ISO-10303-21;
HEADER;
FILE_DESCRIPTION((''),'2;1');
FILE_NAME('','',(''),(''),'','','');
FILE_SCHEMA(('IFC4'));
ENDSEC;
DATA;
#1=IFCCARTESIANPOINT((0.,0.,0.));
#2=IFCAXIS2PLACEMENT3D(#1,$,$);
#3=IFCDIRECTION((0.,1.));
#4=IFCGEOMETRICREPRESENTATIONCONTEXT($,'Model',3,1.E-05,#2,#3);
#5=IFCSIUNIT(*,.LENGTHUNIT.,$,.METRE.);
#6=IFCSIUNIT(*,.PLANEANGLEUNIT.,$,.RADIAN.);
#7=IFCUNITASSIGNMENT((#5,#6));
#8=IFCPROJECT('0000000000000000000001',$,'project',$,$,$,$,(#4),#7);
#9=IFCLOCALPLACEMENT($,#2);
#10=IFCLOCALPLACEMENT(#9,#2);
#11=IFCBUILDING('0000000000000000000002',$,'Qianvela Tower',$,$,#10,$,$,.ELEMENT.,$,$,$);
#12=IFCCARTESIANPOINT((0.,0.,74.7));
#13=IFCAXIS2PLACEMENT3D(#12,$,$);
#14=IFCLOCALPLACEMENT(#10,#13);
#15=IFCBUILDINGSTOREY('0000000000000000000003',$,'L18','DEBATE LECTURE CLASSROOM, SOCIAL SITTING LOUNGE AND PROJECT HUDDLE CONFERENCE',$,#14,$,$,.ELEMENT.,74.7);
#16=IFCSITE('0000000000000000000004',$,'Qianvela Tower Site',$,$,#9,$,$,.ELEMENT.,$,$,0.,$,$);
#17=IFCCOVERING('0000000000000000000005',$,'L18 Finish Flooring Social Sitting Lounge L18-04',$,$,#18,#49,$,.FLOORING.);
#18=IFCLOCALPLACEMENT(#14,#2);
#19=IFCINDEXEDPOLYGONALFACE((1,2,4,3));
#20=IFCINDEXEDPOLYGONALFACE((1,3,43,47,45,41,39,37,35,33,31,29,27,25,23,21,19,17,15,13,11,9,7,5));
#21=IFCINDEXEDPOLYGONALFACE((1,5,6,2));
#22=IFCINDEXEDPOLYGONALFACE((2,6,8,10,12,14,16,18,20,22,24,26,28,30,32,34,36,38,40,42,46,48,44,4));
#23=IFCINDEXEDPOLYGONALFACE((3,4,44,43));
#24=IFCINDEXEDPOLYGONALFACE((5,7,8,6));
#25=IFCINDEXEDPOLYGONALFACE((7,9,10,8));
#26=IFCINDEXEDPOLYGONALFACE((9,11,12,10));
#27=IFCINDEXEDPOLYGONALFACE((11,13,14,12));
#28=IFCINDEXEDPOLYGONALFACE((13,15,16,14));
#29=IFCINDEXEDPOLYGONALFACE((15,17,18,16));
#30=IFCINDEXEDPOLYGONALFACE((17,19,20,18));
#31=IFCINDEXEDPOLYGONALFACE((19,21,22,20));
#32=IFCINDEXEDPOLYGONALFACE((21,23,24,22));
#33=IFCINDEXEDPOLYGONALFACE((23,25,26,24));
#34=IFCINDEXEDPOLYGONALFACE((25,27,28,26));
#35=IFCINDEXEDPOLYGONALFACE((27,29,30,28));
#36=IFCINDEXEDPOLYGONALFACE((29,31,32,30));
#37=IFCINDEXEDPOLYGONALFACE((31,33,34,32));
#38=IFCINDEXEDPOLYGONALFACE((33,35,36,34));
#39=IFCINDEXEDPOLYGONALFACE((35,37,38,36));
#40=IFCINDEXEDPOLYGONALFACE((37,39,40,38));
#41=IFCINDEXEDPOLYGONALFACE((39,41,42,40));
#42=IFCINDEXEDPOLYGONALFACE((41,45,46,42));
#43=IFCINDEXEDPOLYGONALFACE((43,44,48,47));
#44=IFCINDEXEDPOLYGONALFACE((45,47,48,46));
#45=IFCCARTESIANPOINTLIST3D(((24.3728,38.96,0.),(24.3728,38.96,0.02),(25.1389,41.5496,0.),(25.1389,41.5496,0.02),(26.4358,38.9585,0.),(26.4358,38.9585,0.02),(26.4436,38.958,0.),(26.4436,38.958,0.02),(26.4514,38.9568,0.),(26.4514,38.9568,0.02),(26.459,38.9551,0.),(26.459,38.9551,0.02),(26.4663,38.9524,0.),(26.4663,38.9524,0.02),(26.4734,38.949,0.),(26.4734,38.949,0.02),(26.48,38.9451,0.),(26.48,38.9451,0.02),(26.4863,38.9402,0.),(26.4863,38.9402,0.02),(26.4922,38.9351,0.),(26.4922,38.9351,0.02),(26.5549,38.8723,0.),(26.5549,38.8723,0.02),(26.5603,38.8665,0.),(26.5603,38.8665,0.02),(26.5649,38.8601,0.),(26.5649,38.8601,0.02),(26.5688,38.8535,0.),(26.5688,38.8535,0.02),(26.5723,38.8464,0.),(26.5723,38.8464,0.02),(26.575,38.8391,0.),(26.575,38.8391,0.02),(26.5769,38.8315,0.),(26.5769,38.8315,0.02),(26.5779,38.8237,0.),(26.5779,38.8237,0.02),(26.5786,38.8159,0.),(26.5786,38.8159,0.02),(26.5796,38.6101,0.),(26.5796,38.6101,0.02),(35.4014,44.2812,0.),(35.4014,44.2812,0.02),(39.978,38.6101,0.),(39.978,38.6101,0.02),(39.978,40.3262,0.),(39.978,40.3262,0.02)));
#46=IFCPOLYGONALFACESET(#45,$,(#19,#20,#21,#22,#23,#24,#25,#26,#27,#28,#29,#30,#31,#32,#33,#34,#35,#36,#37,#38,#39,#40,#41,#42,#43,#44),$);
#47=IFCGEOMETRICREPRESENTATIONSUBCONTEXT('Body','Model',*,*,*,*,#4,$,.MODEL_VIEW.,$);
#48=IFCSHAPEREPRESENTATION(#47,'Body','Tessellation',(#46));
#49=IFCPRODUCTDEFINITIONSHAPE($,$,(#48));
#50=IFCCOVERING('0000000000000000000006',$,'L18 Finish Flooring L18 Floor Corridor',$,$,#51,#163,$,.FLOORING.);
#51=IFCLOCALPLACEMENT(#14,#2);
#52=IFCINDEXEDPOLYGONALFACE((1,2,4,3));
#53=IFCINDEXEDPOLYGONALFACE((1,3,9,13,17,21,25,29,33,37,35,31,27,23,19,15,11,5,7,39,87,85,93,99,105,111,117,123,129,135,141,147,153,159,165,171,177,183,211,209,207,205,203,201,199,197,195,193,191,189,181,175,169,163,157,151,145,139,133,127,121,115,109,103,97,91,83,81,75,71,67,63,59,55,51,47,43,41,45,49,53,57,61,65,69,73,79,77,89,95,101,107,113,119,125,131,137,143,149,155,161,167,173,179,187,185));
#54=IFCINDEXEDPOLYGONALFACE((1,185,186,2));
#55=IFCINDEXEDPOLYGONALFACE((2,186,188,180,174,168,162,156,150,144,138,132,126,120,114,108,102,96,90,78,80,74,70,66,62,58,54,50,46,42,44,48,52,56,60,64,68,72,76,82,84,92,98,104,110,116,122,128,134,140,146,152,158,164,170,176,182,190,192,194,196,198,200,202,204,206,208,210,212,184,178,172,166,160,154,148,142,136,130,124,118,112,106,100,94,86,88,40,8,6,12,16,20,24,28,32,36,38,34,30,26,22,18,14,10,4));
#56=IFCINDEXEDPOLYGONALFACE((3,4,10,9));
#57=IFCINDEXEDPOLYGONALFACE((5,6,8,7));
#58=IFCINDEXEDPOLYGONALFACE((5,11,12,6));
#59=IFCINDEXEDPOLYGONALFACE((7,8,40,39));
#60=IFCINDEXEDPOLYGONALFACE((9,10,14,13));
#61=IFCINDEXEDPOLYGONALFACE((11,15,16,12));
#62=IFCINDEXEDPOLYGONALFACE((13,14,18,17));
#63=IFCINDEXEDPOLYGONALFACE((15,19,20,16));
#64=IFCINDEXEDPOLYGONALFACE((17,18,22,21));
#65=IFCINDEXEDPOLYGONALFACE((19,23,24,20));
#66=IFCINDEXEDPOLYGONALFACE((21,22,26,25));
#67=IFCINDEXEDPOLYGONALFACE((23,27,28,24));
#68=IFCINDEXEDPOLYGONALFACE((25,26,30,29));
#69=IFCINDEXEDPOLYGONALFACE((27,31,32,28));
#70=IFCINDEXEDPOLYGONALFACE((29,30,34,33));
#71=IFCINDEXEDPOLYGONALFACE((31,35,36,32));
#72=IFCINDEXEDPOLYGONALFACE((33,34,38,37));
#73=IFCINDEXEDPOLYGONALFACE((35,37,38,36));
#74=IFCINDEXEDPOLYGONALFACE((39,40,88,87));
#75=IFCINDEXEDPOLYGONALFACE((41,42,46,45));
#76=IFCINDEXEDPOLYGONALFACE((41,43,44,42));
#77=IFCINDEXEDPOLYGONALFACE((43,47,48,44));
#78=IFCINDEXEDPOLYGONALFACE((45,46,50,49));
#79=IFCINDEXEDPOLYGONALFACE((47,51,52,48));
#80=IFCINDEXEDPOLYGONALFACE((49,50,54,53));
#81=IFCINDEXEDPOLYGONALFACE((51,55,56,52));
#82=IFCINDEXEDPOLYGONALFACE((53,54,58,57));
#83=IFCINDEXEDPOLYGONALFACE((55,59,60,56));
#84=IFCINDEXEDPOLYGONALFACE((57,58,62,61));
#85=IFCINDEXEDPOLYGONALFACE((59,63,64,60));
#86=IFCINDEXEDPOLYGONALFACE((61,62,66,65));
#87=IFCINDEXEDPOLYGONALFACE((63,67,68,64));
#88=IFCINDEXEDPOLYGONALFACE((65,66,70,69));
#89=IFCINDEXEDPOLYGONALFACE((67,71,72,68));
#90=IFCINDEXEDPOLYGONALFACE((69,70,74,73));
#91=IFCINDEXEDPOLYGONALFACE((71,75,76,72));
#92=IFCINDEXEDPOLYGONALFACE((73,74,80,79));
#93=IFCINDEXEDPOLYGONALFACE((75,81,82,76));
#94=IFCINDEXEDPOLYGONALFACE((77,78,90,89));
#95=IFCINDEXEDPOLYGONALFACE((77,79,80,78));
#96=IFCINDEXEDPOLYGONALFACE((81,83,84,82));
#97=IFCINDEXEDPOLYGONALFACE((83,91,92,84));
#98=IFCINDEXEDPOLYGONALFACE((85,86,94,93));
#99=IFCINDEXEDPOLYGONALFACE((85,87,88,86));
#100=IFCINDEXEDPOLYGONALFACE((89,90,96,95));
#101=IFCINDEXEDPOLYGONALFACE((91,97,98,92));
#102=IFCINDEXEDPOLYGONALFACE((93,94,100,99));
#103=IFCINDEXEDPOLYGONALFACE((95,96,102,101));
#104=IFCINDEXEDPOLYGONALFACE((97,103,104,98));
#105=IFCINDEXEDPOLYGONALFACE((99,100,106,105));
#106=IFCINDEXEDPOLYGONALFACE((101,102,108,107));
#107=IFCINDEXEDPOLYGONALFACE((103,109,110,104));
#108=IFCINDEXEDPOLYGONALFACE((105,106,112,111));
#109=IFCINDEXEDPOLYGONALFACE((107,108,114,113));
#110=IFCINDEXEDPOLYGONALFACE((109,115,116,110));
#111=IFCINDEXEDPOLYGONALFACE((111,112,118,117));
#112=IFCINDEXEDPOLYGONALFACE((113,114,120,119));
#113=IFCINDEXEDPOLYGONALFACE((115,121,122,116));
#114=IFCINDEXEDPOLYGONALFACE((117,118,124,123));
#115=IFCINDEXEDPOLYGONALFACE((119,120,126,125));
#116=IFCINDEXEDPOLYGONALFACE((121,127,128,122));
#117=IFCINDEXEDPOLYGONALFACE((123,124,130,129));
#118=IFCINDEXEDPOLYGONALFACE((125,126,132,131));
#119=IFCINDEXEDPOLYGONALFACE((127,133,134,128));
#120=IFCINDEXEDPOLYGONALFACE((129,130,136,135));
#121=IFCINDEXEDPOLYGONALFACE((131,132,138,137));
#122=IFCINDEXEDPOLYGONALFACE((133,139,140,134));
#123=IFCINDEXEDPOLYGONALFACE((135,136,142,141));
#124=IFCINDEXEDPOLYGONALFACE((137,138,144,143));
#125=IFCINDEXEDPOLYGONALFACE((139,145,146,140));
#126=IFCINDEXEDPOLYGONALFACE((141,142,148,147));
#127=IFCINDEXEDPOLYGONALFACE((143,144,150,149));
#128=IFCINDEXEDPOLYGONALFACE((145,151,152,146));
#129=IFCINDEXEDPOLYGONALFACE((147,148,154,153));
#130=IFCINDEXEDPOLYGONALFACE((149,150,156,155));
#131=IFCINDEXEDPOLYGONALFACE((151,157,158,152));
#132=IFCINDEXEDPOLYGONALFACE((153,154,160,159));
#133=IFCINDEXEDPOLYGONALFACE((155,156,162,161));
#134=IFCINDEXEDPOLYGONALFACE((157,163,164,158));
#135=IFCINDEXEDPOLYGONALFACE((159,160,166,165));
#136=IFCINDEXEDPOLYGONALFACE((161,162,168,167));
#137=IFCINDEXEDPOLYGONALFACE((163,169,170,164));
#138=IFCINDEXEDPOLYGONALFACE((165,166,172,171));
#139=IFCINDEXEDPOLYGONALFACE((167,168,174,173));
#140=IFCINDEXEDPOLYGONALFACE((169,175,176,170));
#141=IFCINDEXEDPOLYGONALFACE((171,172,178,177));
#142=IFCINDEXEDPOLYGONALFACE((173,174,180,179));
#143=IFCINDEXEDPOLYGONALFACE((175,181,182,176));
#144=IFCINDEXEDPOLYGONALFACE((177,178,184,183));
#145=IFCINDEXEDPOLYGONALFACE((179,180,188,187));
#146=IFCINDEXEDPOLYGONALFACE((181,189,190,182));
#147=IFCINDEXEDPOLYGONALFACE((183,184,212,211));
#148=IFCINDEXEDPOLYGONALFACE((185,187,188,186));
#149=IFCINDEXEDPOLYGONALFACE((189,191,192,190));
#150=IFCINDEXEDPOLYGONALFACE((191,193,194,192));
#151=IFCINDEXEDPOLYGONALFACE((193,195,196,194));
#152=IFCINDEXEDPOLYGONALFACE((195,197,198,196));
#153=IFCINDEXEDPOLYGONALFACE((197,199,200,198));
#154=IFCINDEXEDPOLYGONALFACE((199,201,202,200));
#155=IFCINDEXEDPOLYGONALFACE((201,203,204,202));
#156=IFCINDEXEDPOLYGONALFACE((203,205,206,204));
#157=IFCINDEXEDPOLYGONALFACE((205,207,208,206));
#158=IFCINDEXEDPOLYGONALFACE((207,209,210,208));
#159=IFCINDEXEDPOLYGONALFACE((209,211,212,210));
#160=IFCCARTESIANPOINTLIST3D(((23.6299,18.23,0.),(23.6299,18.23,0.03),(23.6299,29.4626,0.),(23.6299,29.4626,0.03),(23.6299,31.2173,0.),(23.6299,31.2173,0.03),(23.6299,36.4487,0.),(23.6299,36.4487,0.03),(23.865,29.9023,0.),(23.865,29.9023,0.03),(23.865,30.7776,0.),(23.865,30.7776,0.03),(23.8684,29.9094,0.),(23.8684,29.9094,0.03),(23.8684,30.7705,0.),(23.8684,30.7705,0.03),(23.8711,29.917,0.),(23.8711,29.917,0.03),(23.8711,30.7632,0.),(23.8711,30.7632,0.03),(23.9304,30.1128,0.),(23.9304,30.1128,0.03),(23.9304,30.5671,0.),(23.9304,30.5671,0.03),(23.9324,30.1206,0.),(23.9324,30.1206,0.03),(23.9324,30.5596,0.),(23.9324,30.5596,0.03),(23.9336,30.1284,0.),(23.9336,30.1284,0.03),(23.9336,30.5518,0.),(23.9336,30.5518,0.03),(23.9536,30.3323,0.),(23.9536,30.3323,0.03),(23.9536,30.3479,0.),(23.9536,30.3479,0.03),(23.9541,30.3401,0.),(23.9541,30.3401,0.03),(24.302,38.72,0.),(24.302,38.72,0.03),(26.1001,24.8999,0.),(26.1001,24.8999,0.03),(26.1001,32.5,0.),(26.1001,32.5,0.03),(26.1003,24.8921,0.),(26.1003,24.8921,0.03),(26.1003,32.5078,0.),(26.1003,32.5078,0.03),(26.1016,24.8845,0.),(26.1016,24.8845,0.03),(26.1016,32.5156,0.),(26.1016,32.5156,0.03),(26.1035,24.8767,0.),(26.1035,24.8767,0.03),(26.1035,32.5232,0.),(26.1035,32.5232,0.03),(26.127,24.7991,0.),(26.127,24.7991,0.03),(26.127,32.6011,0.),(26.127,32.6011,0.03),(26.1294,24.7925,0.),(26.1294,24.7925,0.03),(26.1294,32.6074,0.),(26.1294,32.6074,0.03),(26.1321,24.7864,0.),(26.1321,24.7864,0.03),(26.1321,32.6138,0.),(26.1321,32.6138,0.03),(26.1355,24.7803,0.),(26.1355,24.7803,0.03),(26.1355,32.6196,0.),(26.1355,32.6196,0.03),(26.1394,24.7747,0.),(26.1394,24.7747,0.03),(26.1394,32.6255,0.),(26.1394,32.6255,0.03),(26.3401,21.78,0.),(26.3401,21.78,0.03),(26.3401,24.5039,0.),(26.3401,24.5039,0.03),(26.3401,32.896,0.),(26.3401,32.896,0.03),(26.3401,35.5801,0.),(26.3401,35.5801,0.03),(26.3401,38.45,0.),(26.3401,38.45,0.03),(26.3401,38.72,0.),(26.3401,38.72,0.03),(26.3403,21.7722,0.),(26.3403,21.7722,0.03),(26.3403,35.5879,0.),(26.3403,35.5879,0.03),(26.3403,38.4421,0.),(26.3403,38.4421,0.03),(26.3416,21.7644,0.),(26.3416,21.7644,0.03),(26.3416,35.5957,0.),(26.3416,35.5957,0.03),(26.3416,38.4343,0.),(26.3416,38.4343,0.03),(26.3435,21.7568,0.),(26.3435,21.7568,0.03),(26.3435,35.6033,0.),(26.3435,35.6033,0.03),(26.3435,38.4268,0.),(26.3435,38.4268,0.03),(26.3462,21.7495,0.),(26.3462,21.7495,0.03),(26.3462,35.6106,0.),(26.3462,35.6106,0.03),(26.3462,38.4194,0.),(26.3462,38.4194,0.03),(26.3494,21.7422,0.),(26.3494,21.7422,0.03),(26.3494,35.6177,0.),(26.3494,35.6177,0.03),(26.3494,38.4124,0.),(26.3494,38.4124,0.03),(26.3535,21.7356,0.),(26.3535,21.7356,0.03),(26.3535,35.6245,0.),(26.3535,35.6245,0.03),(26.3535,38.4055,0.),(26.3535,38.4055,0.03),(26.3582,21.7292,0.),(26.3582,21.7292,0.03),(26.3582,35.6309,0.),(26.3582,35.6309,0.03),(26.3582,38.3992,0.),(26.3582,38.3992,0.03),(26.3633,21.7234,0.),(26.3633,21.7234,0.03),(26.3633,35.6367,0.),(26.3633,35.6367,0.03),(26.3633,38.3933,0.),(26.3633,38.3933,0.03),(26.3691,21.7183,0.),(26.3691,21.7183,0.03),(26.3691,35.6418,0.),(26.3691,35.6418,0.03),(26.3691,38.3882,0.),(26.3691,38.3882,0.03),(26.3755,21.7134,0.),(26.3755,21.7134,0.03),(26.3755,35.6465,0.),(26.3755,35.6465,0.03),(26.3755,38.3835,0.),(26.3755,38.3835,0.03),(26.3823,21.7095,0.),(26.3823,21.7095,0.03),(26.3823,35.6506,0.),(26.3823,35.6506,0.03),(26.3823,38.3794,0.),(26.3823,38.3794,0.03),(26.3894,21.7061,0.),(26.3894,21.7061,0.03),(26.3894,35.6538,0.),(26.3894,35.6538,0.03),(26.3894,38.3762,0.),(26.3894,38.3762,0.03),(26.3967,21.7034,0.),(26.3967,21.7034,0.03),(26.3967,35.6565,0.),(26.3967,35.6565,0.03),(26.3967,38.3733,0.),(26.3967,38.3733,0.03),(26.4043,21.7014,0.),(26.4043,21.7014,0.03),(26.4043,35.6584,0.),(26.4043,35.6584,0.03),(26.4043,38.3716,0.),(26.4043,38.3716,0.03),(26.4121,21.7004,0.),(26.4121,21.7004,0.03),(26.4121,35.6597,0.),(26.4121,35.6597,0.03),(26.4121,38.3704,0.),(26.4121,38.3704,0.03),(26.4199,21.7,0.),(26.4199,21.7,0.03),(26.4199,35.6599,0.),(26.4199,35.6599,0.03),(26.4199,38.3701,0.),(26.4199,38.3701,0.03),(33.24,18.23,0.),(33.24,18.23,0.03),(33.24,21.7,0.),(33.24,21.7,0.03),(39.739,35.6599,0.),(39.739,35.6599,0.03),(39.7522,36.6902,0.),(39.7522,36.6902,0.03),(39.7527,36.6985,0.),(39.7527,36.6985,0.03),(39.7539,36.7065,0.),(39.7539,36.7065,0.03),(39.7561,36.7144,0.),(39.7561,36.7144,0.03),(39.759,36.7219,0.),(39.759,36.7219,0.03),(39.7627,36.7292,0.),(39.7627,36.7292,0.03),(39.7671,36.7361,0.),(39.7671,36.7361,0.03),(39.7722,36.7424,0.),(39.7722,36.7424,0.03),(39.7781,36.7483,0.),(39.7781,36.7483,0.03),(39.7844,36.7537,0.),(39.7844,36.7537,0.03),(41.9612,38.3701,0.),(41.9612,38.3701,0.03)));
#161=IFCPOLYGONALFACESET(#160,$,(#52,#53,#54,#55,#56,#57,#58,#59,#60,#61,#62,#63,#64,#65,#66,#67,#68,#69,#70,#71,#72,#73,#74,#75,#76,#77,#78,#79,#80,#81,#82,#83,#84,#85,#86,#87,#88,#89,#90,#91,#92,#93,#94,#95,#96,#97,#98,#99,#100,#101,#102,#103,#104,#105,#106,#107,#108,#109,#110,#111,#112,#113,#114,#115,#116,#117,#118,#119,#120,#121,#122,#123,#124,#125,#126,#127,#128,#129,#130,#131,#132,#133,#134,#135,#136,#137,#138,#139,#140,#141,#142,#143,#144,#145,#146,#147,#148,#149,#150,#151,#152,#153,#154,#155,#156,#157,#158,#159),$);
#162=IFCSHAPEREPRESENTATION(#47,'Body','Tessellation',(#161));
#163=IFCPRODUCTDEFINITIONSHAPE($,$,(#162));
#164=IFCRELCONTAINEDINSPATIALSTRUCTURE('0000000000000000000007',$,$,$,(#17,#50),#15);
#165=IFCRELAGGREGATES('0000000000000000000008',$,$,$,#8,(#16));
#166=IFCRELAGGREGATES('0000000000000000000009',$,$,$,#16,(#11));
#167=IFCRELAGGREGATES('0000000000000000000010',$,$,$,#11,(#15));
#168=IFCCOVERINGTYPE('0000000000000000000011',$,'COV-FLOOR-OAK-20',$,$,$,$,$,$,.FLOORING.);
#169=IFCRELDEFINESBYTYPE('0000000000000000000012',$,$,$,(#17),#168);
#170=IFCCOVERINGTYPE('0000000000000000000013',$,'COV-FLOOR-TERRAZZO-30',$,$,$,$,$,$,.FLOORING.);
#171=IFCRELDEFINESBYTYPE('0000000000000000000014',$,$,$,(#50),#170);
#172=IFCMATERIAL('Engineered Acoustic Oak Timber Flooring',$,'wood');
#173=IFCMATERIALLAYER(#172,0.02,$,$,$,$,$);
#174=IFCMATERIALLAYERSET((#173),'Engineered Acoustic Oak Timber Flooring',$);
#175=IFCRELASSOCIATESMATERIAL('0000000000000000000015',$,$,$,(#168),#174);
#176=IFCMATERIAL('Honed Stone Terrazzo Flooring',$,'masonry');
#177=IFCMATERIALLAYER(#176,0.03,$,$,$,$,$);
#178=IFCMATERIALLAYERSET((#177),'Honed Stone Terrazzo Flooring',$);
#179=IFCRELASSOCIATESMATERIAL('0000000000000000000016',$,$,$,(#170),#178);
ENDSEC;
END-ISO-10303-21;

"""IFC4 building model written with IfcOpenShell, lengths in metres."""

from ifc_helpers import new_model, si_unit, direction, frame, origin, place, context, subcontext, project, spatial, polyline, outline, extrude, material, layer, layer_set, type_object, element, save


model = new_model("IFC4")

# Units and contexts
model_context = context("Model", 3, precision=1e-05, world=origin(), true_north=direction((0.0, 1.0)))
body_context = subcontext(model_context, "Body", "Model", "MODEL_VIEW")
ifc_project = project(units=[si_unit("LENGTHUNIT", "METRE"), si_unit("PLANEANGLEUNIT", "RADIAN")], contexts=[model_context])

# Site, building, storey
site_placement = place(None, origin())
site = spatial("IfcSite", under=ifc_project, at=site_placement, Name="Qianvela Tower Site", CompositionType="ELEMENT", RefElevation=0.0)
building_placement = place(site_placement, origin())
building = spatial("IfcBuilding", under=site, at=building_placement, Name="Qianvela Tower", CompositionType="ELEMENT")
storey_placement = place(building_placement, frame((0.0, 0.0, 74.7)))
storey = spatial("IfcBuildingStorey", under=building, at=storey_placement, Name="L18", Description="DEBATE LECTURE CLASSROOM, SOCIAL SITTING LOUNGE AND PROJECT HUDDLE CONFERENCE", CompositionType="ELEMENT", Elevation=74.7)

# Coverings
ifc_material_1 = material(Name="Engineered Acoustic Oak Timber Flooring", Category="wood")
ifc_layer_1 = layer(ifc_material_1, 0.02)
ifc_layer_set_1 = layer_set([ifc_layer_1], Name="Engineered Acoustic Oak Timber Flooring")
covering_type_1 = type_object("IfcCoveringType", Name="COV-FLOOR-OAK-20", PredefinedType="FLOORING", material=ifc_layer_set_1)
covering_1_placement = place(storey_placement, origin())
element("IfcCovering", 1, at=covering_1_placement, inside=storey, type_object=covering_type_1, Name="L18 Finish Flooring Social Sitting Lounge L18-04", PredefinedType="FLOORING", context=body_context, shape_type="SweptSolid", body=[
    extrude(outline(polyline([(39.978, 40.3262), (39.978, 38.6101), (26.5796, 38.6101), (26.5786, 38.8159), (26.5779, 38.8237), (26.5769, 38.8315), (26.575, 38.8391), (26.5723, 38.8464), (26.5688, 38.8535), (26.5649, 38.8601), (26.5603, 38.8665), (26.5549, 38.8723), (26.4922, 38.9351), (26.4863, 38.9402), (26.48, 38.9451), (26.4734, 38.949), (26.4663, 38.9524), (26.459, 38.9551), (26.4514, 38.9568), (26.4436, 38.958), (26.4358, 38.9585), (24.3728, 38.96), (25.1389, 41.5496), (35.4014, 44.2812), (39.978, 40.3262)])), origin(), (0.0, 0.0, 1.0), 0.02),
])
ifc_material_2 = material(Name="Honed Stone Terrazzo Flooring", Category="masonry")
ifc_layer_2 = layer(ifc_material_2, 0.03)
ifc_layer_set_2 = layer_set([ifc_layer_2], Name="Honed Stone Terrazzo Flooring")
covering_type_2 = type_object("IfcCoveringType", Name="COV-FLOOR-TERRAZZO-30", PredefinedType="FLOORING", material=ifc_layer_set_2)
covering_2_placement = place(storey_placement, origin())
element("IfcCovering", 2, at=covering_2_placement, inside=storey, type_object=covering_type_2, Name="L18 Finish Flooring L18 Floor Corridor", PredefinedType="FLOORING", context=body_context, shape_type="SweptSolid", body=[
    extrude(outline(polyline([(23.8711, 30.7632), (23.8684, 30.7705), (23.865, 30.7776), (23.6299, 31.2173), (23.6299, 36.4487), (24.302, 38.72), (26.3401, 38.72), (26.3401, 38.45), (26.3403, 38.4421), (26.3416, 38.4343), (26.3435, 38.4268), (26.3462, 38.4194), (26.3494, 38.4124), (26.3535, 38.4055), (26.3582, 38.3992), (26.3633, 38.3933), (26.3691, 38.3882), (26.3755, 38.3835), (26.3823, 38.3794), (26.3894, 38.3762), (26.3967, 38.3733), (26.4043, 38.3716), (26.4121, 38.3704), (26.4199, 38.3701), (41.9612, 38.3701), (39.7844, 36.7537), (39.7781, 36.7483), (39.7722, 36.7424), (39.7671, 36.7361), (39.7627, 36.7292), (39.759, 36.7219), (39.7561, 36.7144), (39.7539, 36.7065), (39.7527, 36.6985), (39.7522, 36.6902), (39.739, 35.6599), (26.4199, 35.6599), (26.4121, 35.6597), (26.4043, 35.6584), (26.3967, 35.6565), (26.3894, 35.6538), (26.3823, 35.6506), (26.3755, 35.6465), (26.3691, 35.6418), (26.3633, 35.6367), (26.3582, 35.6309), (26.3535, 35.6245), (26.3494, 35.6177), (26.3462, 35.6106), (26.3435, 35.6033), (26.3416, 35.5957), (26.3403, 35.5879), (26.3401, 35.5801), (26.3401, 32.896), (26.1394, 32.6255), (26.1355, 32.6196), (26.1321, 32.6138), (26.1294, 32.6074), (26.127, 32.6011), (26.1035, 32.5232), (26.1016, 32.5156), (26.1003, 32.5078), (26.1001, 32.5), (26.1001, 24.8999), (26.1003, 24.8921), (26.1016, 24.8845), (26.1035, 24.8767), (26.127, 24.7991), (26.1294, 24.7925), (26.1321, 24.7864), (26.1355, 24.7803), (26.1394, 24.7747), (26.3401, 24.5039), (26.3401, 21.78), (26.3403, 21.7722), (26.3416, 21.7644), (26.3435, 21.7568), (26.3462, 21.7495), (26.3494, 21.7422), (26.3535, 21.7356), (26.3582, 21.7292), (26.3633, 21.7234), (26.3691, 21.7183), (26.3755, 21.7134), (26.3823, 21.7095), (26.3894, 21.7061), (26.3967, 21.7034), (26.4043, 21.7014), (26.4121, 21.7004), (26.4199, 21.7), (33.24, 21.7), (33.24, 18.23), (23.6299, 18.23), (23.6299, 29.4626), (23.865, 29.9023), (23.8684, 29.9094), (23.8711, 29.917), (23.9304, 30.1128), (23.9324, 30.1206), (23.9336, 30.1284), (23.9536, 30.3323), (23.9541, 30.3401), (23.9536, 30.3479), (23.9336, 30.5518), (23.9324, 30.5596), (23.9304, 30.5671), (23.8711, 30.7632)])), origin(), (0.0, 0.0, 1.0), 0.03),
])

save(model, "model.ifc")
